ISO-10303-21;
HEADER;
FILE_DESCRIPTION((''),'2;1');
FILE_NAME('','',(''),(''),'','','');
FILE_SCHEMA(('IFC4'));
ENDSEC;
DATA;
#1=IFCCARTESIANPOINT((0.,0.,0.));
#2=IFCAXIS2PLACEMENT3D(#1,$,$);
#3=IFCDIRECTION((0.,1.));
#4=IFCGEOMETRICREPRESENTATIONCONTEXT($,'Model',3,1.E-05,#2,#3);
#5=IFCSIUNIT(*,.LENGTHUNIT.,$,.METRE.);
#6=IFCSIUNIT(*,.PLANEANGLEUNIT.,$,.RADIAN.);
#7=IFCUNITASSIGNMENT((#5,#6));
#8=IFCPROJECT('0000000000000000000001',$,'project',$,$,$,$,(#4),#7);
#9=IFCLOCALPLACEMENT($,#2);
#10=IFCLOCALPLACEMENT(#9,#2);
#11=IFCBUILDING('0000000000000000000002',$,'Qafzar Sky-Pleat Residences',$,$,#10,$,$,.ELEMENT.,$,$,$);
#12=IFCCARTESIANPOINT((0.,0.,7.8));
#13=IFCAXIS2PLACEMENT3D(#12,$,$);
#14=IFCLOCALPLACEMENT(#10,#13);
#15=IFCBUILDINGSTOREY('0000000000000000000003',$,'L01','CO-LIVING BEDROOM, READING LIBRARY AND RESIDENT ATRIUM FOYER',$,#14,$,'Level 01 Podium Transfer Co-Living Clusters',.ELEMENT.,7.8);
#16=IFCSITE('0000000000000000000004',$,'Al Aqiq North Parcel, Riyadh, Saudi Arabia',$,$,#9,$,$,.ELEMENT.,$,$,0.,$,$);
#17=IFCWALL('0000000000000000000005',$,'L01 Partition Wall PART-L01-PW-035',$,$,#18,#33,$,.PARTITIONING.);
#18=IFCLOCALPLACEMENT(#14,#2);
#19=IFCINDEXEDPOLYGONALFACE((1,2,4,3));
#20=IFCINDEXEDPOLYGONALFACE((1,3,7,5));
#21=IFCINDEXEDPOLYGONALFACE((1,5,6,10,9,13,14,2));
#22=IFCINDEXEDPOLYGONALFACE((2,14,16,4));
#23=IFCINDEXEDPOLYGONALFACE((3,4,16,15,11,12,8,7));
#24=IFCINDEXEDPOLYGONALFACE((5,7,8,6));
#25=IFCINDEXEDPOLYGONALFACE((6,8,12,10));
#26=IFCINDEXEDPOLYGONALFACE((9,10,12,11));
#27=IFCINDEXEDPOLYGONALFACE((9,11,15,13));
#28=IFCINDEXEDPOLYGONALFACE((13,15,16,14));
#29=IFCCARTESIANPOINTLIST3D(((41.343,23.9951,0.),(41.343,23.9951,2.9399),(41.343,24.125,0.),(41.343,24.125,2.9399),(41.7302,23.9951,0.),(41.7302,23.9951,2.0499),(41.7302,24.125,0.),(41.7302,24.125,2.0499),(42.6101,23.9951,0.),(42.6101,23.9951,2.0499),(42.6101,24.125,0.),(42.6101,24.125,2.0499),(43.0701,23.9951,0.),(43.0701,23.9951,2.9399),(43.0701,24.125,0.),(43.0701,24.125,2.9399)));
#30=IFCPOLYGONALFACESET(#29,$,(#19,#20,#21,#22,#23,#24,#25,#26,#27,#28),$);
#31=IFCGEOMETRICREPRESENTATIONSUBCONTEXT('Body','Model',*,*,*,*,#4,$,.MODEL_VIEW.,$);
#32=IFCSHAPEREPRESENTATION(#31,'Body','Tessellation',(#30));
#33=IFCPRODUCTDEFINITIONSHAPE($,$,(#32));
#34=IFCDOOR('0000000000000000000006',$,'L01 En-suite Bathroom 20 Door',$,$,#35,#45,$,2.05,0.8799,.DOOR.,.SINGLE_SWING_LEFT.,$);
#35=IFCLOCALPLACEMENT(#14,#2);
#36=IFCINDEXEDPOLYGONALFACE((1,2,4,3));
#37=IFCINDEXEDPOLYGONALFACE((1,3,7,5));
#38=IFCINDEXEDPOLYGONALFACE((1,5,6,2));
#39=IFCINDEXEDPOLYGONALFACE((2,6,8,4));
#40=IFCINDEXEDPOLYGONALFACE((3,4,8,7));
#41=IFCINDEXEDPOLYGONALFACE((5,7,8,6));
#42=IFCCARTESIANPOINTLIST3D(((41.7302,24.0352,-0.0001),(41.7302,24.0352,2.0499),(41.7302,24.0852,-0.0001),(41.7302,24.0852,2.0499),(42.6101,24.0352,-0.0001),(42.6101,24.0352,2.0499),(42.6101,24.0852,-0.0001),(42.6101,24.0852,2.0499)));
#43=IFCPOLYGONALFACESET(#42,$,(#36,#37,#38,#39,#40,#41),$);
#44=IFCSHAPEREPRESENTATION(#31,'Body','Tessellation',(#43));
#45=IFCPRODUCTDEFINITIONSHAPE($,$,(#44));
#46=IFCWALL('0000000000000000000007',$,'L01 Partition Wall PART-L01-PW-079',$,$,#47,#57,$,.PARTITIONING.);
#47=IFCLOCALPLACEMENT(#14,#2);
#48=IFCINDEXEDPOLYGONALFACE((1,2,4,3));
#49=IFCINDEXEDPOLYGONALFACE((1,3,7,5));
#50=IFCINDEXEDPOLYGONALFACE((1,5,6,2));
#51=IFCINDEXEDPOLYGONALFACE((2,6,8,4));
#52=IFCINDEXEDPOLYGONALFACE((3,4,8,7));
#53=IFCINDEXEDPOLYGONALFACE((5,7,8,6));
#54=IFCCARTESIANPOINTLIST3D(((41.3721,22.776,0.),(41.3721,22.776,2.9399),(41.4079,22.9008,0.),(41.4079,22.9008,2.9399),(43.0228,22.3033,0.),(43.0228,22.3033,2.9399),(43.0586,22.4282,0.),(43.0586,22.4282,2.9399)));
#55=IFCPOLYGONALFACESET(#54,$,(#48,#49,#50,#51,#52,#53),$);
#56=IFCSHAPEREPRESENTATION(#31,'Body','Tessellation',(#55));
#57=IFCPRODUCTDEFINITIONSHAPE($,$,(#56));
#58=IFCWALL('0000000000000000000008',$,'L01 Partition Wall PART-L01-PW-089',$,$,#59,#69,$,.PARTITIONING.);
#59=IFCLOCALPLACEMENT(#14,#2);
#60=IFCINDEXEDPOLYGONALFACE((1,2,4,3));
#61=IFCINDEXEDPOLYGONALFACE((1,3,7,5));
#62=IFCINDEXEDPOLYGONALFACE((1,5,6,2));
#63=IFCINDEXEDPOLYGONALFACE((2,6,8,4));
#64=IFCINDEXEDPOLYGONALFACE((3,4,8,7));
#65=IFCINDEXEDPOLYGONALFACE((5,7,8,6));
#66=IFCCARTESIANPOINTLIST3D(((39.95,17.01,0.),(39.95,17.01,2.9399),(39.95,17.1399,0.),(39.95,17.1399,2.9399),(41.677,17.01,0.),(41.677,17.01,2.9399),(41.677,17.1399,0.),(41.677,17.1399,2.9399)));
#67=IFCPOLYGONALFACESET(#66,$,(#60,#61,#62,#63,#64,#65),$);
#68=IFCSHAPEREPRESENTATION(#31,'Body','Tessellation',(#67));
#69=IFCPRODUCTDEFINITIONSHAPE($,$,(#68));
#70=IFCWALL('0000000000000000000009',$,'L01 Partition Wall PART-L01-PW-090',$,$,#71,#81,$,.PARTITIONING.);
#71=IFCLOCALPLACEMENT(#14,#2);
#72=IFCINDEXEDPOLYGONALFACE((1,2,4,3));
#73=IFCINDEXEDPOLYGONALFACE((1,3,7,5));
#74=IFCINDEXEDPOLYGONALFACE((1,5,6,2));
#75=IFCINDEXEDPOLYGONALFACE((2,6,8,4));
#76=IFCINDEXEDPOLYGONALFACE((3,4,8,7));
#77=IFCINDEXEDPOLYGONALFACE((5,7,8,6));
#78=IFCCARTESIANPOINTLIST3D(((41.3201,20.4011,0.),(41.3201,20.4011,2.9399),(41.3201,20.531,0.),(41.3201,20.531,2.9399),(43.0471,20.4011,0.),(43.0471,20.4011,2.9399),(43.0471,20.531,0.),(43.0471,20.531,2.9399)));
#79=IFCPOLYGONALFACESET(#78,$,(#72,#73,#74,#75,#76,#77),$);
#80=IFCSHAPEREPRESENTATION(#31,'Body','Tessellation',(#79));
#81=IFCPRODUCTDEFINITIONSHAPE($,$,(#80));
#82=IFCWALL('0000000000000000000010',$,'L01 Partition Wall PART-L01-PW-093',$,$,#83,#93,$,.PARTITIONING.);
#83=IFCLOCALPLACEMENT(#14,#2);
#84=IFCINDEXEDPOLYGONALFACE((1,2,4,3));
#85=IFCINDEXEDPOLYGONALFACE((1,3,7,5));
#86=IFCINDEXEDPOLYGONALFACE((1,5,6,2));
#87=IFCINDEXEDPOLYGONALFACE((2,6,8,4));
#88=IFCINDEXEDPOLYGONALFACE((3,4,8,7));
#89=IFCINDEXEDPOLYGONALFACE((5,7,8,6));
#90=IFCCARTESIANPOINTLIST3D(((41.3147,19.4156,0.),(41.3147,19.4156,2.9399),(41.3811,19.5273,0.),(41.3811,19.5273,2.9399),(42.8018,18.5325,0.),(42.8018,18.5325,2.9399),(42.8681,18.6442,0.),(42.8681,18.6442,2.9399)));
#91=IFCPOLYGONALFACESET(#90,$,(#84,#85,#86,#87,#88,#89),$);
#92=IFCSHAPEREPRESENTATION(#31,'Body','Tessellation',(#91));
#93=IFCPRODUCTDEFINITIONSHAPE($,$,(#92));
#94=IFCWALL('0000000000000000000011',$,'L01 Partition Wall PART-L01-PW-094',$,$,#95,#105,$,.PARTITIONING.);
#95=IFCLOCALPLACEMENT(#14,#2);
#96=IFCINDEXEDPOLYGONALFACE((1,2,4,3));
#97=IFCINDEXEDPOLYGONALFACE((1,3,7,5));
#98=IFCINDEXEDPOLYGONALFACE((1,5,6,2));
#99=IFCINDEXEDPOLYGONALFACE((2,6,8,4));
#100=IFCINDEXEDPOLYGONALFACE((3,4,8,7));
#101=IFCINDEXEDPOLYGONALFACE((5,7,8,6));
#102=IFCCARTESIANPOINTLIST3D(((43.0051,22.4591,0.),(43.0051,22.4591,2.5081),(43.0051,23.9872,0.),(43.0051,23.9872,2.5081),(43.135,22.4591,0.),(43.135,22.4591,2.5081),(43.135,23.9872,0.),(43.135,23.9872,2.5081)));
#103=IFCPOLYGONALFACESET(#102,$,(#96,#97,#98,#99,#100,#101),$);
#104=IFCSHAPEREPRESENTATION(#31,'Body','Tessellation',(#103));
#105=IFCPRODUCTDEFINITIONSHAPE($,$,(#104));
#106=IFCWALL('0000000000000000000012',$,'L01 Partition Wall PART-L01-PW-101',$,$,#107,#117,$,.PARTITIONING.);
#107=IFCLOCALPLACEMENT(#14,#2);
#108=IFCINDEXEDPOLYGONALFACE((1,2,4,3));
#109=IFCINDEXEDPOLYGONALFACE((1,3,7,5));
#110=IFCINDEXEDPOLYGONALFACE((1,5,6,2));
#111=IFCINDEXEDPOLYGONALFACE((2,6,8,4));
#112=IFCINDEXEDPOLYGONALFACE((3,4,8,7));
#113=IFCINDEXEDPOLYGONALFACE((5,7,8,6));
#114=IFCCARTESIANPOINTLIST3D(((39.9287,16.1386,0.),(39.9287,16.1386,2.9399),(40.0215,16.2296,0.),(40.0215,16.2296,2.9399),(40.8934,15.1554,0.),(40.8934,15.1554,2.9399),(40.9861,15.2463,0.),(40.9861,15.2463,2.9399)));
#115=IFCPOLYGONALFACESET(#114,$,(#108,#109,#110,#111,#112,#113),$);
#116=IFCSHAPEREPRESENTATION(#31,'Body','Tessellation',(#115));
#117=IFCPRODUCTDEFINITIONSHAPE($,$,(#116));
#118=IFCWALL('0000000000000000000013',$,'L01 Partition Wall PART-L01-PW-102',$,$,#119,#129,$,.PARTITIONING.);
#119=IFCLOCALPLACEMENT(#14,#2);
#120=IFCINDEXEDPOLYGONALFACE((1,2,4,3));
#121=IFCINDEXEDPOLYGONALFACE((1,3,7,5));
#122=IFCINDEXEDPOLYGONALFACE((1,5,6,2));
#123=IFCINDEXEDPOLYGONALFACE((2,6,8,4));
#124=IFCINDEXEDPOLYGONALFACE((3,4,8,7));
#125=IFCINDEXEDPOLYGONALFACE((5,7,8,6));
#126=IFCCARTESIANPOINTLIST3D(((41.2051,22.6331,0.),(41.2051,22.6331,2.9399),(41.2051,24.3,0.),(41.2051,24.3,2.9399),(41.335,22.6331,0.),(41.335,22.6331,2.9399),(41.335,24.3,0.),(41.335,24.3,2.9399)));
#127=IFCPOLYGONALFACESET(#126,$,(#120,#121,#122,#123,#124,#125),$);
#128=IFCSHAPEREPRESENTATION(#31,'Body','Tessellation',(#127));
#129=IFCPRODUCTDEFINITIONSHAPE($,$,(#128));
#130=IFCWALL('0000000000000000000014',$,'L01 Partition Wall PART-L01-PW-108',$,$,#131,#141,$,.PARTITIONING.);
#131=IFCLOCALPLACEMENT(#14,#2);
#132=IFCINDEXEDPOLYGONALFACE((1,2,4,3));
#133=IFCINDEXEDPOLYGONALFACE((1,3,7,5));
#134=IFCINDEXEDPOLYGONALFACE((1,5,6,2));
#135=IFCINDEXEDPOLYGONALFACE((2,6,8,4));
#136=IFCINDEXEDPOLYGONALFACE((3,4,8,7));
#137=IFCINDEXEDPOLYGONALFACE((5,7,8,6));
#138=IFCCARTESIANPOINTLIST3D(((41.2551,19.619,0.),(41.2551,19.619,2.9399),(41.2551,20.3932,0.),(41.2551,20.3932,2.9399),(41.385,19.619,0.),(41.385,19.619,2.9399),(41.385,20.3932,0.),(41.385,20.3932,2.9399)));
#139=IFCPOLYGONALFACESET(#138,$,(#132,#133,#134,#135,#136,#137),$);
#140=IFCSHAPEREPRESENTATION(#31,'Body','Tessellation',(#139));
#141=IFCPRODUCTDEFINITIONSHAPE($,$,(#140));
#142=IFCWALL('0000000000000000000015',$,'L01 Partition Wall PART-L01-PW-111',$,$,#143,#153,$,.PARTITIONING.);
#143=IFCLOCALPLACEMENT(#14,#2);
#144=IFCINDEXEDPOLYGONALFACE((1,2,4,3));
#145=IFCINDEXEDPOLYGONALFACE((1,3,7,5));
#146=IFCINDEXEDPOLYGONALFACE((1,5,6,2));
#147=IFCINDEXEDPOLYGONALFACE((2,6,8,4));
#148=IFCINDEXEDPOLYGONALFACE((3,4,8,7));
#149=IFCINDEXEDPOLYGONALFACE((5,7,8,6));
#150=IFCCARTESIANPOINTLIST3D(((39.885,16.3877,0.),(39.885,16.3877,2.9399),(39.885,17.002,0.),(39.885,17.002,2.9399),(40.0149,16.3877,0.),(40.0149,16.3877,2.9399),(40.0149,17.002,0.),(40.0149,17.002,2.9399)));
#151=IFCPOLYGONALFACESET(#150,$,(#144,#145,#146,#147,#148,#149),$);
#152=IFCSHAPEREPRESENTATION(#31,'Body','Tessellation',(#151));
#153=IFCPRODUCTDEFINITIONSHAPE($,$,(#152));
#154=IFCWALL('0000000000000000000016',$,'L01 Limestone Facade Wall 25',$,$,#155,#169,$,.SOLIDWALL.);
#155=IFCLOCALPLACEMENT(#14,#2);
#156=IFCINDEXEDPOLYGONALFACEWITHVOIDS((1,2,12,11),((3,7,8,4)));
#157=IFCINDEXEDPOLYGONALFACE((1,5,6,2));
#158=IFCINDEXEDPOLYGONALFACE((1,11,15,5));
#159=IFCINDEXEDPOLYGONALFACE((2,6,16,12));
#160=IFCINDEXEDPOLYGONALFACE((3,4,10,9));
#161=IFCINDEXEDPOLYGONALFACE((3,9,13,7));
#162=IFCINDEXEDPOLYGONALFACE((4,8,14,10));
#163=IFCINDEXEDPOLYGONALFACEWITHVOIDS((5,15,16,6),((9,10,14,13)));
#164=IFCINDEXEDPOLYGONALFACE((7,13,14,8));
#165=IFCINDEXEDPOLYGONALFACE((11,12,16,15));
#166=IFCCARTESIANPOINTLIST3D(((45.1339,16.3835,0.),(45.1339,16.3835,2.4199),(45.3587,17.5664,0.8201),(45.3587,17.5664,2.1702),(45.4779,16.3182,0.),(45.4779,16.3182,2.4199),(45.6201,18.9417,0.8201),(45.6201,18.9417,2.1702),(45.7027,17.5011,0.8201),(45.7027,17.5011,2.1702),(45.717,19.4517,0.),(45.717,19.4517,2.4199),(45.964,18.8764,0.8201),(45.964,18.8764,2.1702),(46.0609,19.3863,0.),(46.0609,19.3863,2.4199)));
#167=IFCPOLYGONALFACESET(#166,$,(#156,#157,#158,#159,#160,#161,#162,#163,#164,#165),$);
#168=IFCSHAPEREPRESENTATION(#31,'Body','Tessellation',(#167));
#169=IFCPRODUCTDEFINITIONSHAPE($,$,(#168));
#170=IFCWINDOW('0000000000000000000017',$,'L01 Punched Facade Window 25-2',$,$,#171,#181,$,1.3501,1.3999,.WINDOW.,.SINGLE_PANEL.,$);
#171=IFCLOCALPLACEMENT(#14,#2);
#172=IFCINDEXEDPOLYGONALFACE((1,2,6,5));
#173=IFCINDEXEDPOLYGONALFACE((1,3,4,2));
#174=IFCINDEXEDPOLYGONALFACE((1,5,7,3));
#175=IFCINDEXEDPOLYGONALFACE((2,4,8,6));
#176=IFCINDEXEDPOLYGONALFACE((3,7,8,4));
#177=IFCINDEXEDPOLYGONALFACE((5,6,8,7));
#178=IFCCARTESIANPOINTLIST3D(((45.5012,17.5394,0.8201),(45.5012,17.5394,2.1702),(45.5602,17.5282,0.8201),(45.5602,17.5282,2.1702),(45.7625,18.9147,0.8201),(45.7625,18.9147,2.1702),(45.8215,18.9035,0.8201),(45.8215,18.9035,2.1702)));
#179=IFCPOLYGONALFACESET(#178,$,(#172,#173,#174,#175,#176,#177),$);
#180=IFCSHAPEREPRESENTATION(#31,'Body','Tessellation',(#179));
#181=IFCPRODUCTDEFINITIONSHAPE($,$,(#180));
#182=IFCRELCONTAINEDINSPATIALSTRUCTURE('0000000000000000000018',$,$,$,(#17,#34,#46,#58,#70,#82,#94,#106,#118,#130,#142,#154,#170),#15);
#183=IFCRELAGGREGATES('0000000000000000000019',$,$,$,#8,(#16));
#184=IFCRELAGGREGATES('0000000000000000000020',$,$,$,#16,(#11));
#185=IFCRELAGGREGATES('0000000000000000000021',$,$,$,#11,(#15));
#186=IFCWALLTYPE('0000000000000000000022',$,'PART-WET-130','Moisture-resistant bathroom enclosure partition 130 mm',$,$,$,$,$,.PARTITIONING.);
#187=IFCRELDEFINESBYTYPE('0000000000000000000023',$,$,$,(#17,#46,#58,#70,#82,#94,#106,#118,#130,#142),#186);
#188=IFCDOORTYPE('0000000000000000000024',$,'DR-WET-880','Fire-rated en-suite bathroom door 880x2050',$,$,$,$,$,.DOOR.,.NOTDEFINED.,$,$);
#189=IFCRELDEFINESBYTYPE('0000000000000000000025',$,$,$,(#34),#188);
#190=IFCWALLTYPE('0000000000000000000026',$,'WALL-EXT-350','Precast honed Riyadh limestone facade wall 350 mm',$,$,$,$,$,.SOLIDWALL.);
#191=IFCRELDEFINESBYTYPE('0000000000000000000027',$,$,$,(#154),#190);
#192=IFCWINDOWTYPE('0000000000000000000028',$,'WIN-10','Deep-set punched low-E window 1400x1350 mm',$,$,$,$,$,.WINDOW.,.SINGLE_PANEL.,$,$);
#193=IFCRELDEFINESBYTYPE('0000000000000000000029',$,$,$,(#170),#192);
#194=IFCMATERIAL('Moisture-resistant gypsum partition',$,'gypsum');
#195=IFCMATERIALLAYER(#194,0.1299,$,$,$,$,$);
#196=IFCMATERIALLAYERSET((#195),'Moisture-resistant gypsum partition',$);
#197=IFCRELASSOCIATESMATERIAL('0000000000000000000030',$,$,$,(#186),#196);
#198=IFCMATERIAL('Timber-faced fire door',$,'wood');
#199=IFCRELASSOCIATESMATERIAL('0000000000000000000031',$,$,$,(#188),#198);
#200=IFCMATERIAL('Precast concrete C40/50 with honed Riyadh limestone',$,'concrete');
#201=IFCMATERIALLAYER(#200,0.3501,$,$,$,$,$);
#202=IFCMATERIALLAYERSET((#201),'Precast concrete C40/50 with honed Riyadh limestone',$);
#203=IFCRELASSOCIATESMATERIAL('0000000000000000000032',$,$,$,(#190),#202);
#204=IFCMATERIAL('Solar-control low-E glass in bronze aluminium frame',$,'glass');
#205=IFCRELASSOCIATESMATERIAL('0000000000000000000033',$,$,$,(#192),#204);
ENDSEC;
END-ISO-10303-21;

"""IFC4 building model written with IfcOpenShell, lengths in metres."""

from ifc_helpers import new_model, si_unit, direction, frame, frame_2d, origin, place, context, subcontext, project, spatial, rectangle, extrude, source, transform, mapped, material, layer, layer_set, type_object, element, fill, save


model = new_model("IFC4")

# Units and contexts
model_context = context("Model", 3, precision=1e-05, world=origin(), true_north=direction((0.0, 1.0)))
body_context = subcontext(model_context, "Body", "Model", "MODEL_VIEW")
ifc_project = project(units=[si_unit("LENGTHUNIT", "METRE"), si_unit("PLANEANGLEUNIT", "RADIAN")], contexts=[model_context])

# Site, building, storey
site_placement = place(None, origin())
site = spatial("IfcSite", under=ifc_project, at=site_placement, Name="Al Aqiq North Parcel, Riyadh, Saudi Arabia", CompositionType="ELEMENT", RefElevation=0.0)
building_placement = place(site_placement, origin())
building = spatial("IfcBuilding", under=site, at=building_placement, Name="Qafzar Sky-Pleat Residences", CompositionType="ELEMENT")
storey_placement = place(building_placement, frame((0.0, 0.0, 7.8)))
storey = spatial("IfcBuildingStorey", under=building, at=storey_placement, Name="L01", Description="CO-LIVING BEDROOM, READING LIBRARY AND RESIDENT ATRIUM FOYER", LongName="Level 01 Podium Transfer Co-Living Clusters", CompositionType="ELEMENT", Elevation=7.8)

# Wall, opening, door
ifc_material_1 = material(Name="Moisture-resistant gypsum partition", Category="gypsum")
ifc_layer_1 = layer(ifc_material_1, 0.1299)
ifc_layer_set_1 = layer_set([ifc_layer_1], Name="Moisture-resistant gypsum partition")
wall_type_1 = type_object("IfcWallType", Name="PART-WET-130", Description="Moisture-resistant bathroom enclosure partition 130 mm", PredefinedType="PARTITIONING", material=ifc_layer_set_1)
ifc_material_2 = material(Name="Timber-faced fire door", Category="wood")
door_type = type_object("IfcDoorType", Name="DR-WET-880", Description="Fire-rated en-suite bathroom door 880x2050", OperationType="NOTDEFINED", PredefinedType="DOOR", material=ifc_material_2)
shared_shape_1 = source(origin(), body_context, "Body", "SweptSolid", [
    extrude(rectangle(XDim=0.8799, YDim=2.05, at=frame_2d((0.4399, 1.0249))), frame((0.0, 0.0249, 0.0), z_axis=(0.0, -1.0, 0.0), x_axis=(1.0, 0.0, 0.0)), (0.0, 0.0, 1.0), 0.05),
])
wall_1_placement = place(storey_placement, frame((43.0701, 24.0601, 0.0), z_axis=(0.0, 0.0, 1.0), x_axis=(-1.0, 0.0, 0.0)))
wall_1 = element("IfcWall", 1, at=wall_1_placement, inside=storey, type_object=wall_type_1, Name="L01 Partition Wall PART-L01-PW-035", PredefinedType="PARTITIONING", context=body_context, shape_type="SweptSolid", body=[
    extrude(rectangle(XDim=1.7271, YDim=0.1299, at=frame_2d((0.8635, 0.0))), origin(), (0.0, 0.0, 1.0), 2.9399),
])
opening_1_placement = place(wall_1_placement, frame((0.46, 0.0, 0.0)))
opening_1 = element("IfcOpeningElement", 2, at=opening_1_placement, cuts=wall_1, PredefinedType="OPENING", context=body_context, shape_type="SweptSolid", body=[
    extrude(rectangle(XDim=0.8799, YDim=2.05, at=frame_2d((0.4399, 1.0249))), frame((0.0, 0.075, 0.0), z_axis=(0.0, -1.0, 0.0), x_axis=(1.0, 0.0, 0.0)), (0.0, 0.0, 1.0), 0.1499),
])
door_1_placement = place(opening_1_placement, origin())
door_1 = element("IfcDoor", 3, at=door_1_placement, inside=storey, type_object=door_type, Name="L01 En-suite Bathroom 20 Door", OperationType="SINGLE_SWING_LEFT", OverallHeight=2.05, OverallWidth=0.8799, PredefinedType="DOOR", context=body_context, shape_type="MappedRepresentation", body=[
    mapped(shared_shape_1, transform((0.0, 0.0, 0.0), x_axis=(1.0, 0.0, 0.0), y_axis=(0.0, 1.0, 0.0), z_axis=(0.0, 0.0, 1.0), scale=1.0)),
])
fill(opening_1, door_1)

# Walls
wall_2_placement = place(storey_placement, frame((41.3901, 22.8384, 0.0), z_axis=(0.0, 0.0, 1.0), x_axis=(0.961363, -0.275284, 0.0)))
element("IfcWall", 4, at=wall_2_placement, inside=storey, type_object=wall_type_1, Name="L01 Partition Wall PART-L01-PW-079", PredefinedType="PARTITIONING", context=body_context, shape_type="SweptSolid", body=[
    extrude(rectangle(XDim=1.717, YDim=0.1299, at=frame_2d((0.8584, 0.0))), origin(), (0.0, 0.0, 1.0), 2.9399),
])
for number, where, z_axis, x_axis, name in (
    (5, (39.95, 17.075, 0.0), (0.0, 0.0, 1.0), (1.0, 0.0, 0.0), "L01 Partition Wall PART-L01-PW-089"),
    (6, (41.3201, 20.4661, 0.0), (0.0, 0.0, 1.0), (1.0, 0.0, 0.0), "L01 Partition Wall PART-L01-PW-090"),
):
    element("IfcWall", number, at=place(storey_placement, frame(where, z_axis=z_axis, x_axis=x_axis)), inside=storey, type_object=wall_type_1, Name=name, PredefinedType="PARTITIONING", context=body_context, shape_type="SweptSolid", body=[
        extrude(rectangle(XDim=1.7271, YDim=0.1299, at=frame_2d((0.8635, 0.0))), origin(), (0.0, 0.0, 1.0), 2.9399),
    ])
wall_3_placement = place(storey_placement, frame((41.3479, 19.4714, 0.0), z_axis=(0.0, 0.0, 1.0), x_axis=(0.859826, -0.510588, 0.0)))
element("IfcWall", 7, at=wall_3_placement, inside=storey, type_object=wall_type_1, Name="L01 Partition Wall PART-L01-PW-093", PredefinedType="PARTITIONING", context=body_context, shape_type="SweptSolid", body=[
    extrude(rectangle(XDim=1.7295, YDim=0.1299, at=frame_2d((0.8647, 0.0))), origin(), (0.0, 0.0, 1.0), 2.9399),
])
wall_4_placement = place(storey_placement, frame((43.0701, 22.459, 0.0), z_axis=(0.0, 0.0, 1.0), x_axis=(0.0, 1.0, 0.0)))
element("IfcWall", 8, at=wall_4_placement, inside=storey, type_object=wall_type_1, Name="L01 Partition Wall PART-L01-PW-094", PredefinedType="PARTITIONING", context=body_context, shape_type="SweptSolid", body=[
    extrude(rectangle(XDim=1.5281, YDim=0.1299, at=frame_2d((0.7642, 0.0))), origin(), (0.0, 0.0, 1.0), 2.5081),
])
wall_5_placement = place(storey_placement, frame((39.9751, 16.1841, 0.0), z_axis=(0.0, 0.0, 1.0), x_axis=(0.700339, -0.71381, 0.0)))
element("IfcWall", 9, at=wall_5_placement, inside=storey, type_object=wall_type_1, Name="L01 Partition Wall PART-L01-PW-101", PredefinedType="PARTITIONING", context=body_context, shape_type="SweptSolid", body=[
    extrude(rectangle(XDim=1.3774, YDim=0.1299, at=frame_2d((0.6887, 0.0))), origin(), (0.0, 0.0, 1.0), 2.9399),
])
wall_6_placement = place(storey_placement, frame((41.27, 22.6331, 0.0), z_axis=(0.0, 0.0, 1.0), x_axis=(0.0, 1.0, 0.0)))
element("IfcWall", 10, at=wall_6_placement, inside=storey, type_object=wall_type_1, Name="L01 Partition Wall PART-L01-PW-102", PredefinedType="PARTITIONING", context=body_context, shape_type="SweptSolid", body=[
    extrude(rectangle(XDim=1.667, YDim=0.1299, at=frame_2d((0.8335, 0.0))), origin(), (0.0, 0.0, 1.0), 2.9399),
])
wall_7_placement = place(storey_placement, frame((41.3201, 19.6189, 0.0), z_axis=(0.0, 0.0, 1.0), x_axis=(0.0, 1.0, 0.0)))
element("IfcWall", 11, at=wall_7_placement, inside=storey, type_object=wall_type_1, Name="L01 Partition Wall PART-L01-PW-108", PredefinedType="PARTITIONING", context=body_context, shape_type="SweptSolid", body=[
    extrude(rectangle(XDim=0.7742, YDim=0.1299, at=frame_2d((0.3872, 0.0))), origin(), (0.0, 0.0, 1.0), 2.9399),
])
wall_8_placement = place(storey_placement, frame((39.95, 16.3877, 0.0), z_axis=(0.0, 0.0, 1.0), x_axis=(0.0, 1.0, 0.0)))
element("IfcWall", 12, at=wall_8_placement, inside=storey, type_object=wall_type_1, Name="L01 Partition Wall PART-L01-PW-111", PredefinedType="PARTITIONING", context=body_context, shape_type="SweptSolid", body=[
    extrude(rectangle(XDim=0.6143, YDim=0.1299, at=frame_2d((0.3071, 0.0))), origin(), (0.0, 0.0, 1.0), 2.9399),
])

# Wall, opening, window
ifc_material_3 = material(Name="Precast concrete C40/50 with honed Riyadh limestone", Category="concrete")
ifc_layer_2 = layer(ifc_material_3, 0.3501)
ifc_layer_set_2 = layer_set([ifc_layer_2], Name="Precast concrete C40/50 with honed Riyadh limestone")
wall_type_2 = type_object("IfcWallType", Name="WALL-EXT-350", Description="Precast honed Riyadh limestone facade wall 350 mm", PredefinedType="SOLIDWALL", material=ifc_layer_set_2)
wall_9_placement = place(storey_placement, frame((45.3059, 16.3508, 0.0), z_axis=(0.0, 0.0, 1.0), x_axis=(0.186681, 0.982421, 0.0)))
wall_9 = element("IfcWall", 13, at=wall_9_placement, inside=storey, type_object=wall_type_2, Name="L01 Limestone Facade Wall 25", PredefinedType="SOLIDWALL", context=body_context, shape_type="SweptSolid", body=[
    extrude(rectangle(XDim=3.123, YDim=0.3501, at=frame_2d((1.5615, 0.0))), origin(), (0.0, 0.0, 1.0), 2.4199),
])
opening_2_placement = place(wall_9_placement, frame((1.2041, 0.0, 0.8201)))
opening_2 = element("IfcOpeningElement", 14, at=opening_2_placement, cuts=wall_9, PredefinedType="OPENING", context=body_context, shape_type="SweptSolid", body=[
    extrude(rectangle(XDim=1.3999, YDim=1.3501, at=frame_2d((0.7, 0.675))), frame((0.0, 0.1851, 0.0), z_axis=(0.0, -1.0, 0.0), x_axis=(1.0, 0.0, 0.0)), (0.0, 0.0, 1.0), 0.3701),
])
ifc_material_4 = material(Name="Solar-control low-E glass in bronze aluminium frame", Category="glass")
window_type_1 = type_object("IfcWindowType", Name="WIN-10", Description="Deep-set punched low-E window 1400x1350 mm", PartitioningType="SINGLE_PANEL", PredefinedType="WINDOW", material=ifc_material_4)
shared_shape_2 = source(origin(), body_context, "Body", "SweptSolid", [
    extrude(rectangle(XDim=1.3999, YDim=1.3501, at=frame_2d((0.7, 0.675))), frame((0.0, 0.03, 0.0), z_axis=(0.0, -1.0, 0.0), x_axis=(1.0, 0.0, 0.0)), (0.0, 0.0, 1.0), 0.0601),
])
window_1_placement = place(opening_2_placement, origin())
window_1 = element("IfcWindow", 15, at=window_1_placement, inside=storey, type_object=window_type_1, Name="L01 Punched Facade Window 25-2", OverallHeight=1.3501, OverallWidth=1.3999, PartitioningType="SINGLE_PANEL", PredefinedType="WINDOW", context=body_context, shape_type="MappedRepresentation", body=[
    mapped(shared_shape_2, transform((0.0, 0.0, 0.0), x_axis=(1.0, 0.0, 0.0), y_axis=(0.0, 1.0, 0.0), z_axis=(0.0, 0.0, 1.0), scale=1.0)),
])
fill(opening_2, window_1)

save(model, "model.ifc")
